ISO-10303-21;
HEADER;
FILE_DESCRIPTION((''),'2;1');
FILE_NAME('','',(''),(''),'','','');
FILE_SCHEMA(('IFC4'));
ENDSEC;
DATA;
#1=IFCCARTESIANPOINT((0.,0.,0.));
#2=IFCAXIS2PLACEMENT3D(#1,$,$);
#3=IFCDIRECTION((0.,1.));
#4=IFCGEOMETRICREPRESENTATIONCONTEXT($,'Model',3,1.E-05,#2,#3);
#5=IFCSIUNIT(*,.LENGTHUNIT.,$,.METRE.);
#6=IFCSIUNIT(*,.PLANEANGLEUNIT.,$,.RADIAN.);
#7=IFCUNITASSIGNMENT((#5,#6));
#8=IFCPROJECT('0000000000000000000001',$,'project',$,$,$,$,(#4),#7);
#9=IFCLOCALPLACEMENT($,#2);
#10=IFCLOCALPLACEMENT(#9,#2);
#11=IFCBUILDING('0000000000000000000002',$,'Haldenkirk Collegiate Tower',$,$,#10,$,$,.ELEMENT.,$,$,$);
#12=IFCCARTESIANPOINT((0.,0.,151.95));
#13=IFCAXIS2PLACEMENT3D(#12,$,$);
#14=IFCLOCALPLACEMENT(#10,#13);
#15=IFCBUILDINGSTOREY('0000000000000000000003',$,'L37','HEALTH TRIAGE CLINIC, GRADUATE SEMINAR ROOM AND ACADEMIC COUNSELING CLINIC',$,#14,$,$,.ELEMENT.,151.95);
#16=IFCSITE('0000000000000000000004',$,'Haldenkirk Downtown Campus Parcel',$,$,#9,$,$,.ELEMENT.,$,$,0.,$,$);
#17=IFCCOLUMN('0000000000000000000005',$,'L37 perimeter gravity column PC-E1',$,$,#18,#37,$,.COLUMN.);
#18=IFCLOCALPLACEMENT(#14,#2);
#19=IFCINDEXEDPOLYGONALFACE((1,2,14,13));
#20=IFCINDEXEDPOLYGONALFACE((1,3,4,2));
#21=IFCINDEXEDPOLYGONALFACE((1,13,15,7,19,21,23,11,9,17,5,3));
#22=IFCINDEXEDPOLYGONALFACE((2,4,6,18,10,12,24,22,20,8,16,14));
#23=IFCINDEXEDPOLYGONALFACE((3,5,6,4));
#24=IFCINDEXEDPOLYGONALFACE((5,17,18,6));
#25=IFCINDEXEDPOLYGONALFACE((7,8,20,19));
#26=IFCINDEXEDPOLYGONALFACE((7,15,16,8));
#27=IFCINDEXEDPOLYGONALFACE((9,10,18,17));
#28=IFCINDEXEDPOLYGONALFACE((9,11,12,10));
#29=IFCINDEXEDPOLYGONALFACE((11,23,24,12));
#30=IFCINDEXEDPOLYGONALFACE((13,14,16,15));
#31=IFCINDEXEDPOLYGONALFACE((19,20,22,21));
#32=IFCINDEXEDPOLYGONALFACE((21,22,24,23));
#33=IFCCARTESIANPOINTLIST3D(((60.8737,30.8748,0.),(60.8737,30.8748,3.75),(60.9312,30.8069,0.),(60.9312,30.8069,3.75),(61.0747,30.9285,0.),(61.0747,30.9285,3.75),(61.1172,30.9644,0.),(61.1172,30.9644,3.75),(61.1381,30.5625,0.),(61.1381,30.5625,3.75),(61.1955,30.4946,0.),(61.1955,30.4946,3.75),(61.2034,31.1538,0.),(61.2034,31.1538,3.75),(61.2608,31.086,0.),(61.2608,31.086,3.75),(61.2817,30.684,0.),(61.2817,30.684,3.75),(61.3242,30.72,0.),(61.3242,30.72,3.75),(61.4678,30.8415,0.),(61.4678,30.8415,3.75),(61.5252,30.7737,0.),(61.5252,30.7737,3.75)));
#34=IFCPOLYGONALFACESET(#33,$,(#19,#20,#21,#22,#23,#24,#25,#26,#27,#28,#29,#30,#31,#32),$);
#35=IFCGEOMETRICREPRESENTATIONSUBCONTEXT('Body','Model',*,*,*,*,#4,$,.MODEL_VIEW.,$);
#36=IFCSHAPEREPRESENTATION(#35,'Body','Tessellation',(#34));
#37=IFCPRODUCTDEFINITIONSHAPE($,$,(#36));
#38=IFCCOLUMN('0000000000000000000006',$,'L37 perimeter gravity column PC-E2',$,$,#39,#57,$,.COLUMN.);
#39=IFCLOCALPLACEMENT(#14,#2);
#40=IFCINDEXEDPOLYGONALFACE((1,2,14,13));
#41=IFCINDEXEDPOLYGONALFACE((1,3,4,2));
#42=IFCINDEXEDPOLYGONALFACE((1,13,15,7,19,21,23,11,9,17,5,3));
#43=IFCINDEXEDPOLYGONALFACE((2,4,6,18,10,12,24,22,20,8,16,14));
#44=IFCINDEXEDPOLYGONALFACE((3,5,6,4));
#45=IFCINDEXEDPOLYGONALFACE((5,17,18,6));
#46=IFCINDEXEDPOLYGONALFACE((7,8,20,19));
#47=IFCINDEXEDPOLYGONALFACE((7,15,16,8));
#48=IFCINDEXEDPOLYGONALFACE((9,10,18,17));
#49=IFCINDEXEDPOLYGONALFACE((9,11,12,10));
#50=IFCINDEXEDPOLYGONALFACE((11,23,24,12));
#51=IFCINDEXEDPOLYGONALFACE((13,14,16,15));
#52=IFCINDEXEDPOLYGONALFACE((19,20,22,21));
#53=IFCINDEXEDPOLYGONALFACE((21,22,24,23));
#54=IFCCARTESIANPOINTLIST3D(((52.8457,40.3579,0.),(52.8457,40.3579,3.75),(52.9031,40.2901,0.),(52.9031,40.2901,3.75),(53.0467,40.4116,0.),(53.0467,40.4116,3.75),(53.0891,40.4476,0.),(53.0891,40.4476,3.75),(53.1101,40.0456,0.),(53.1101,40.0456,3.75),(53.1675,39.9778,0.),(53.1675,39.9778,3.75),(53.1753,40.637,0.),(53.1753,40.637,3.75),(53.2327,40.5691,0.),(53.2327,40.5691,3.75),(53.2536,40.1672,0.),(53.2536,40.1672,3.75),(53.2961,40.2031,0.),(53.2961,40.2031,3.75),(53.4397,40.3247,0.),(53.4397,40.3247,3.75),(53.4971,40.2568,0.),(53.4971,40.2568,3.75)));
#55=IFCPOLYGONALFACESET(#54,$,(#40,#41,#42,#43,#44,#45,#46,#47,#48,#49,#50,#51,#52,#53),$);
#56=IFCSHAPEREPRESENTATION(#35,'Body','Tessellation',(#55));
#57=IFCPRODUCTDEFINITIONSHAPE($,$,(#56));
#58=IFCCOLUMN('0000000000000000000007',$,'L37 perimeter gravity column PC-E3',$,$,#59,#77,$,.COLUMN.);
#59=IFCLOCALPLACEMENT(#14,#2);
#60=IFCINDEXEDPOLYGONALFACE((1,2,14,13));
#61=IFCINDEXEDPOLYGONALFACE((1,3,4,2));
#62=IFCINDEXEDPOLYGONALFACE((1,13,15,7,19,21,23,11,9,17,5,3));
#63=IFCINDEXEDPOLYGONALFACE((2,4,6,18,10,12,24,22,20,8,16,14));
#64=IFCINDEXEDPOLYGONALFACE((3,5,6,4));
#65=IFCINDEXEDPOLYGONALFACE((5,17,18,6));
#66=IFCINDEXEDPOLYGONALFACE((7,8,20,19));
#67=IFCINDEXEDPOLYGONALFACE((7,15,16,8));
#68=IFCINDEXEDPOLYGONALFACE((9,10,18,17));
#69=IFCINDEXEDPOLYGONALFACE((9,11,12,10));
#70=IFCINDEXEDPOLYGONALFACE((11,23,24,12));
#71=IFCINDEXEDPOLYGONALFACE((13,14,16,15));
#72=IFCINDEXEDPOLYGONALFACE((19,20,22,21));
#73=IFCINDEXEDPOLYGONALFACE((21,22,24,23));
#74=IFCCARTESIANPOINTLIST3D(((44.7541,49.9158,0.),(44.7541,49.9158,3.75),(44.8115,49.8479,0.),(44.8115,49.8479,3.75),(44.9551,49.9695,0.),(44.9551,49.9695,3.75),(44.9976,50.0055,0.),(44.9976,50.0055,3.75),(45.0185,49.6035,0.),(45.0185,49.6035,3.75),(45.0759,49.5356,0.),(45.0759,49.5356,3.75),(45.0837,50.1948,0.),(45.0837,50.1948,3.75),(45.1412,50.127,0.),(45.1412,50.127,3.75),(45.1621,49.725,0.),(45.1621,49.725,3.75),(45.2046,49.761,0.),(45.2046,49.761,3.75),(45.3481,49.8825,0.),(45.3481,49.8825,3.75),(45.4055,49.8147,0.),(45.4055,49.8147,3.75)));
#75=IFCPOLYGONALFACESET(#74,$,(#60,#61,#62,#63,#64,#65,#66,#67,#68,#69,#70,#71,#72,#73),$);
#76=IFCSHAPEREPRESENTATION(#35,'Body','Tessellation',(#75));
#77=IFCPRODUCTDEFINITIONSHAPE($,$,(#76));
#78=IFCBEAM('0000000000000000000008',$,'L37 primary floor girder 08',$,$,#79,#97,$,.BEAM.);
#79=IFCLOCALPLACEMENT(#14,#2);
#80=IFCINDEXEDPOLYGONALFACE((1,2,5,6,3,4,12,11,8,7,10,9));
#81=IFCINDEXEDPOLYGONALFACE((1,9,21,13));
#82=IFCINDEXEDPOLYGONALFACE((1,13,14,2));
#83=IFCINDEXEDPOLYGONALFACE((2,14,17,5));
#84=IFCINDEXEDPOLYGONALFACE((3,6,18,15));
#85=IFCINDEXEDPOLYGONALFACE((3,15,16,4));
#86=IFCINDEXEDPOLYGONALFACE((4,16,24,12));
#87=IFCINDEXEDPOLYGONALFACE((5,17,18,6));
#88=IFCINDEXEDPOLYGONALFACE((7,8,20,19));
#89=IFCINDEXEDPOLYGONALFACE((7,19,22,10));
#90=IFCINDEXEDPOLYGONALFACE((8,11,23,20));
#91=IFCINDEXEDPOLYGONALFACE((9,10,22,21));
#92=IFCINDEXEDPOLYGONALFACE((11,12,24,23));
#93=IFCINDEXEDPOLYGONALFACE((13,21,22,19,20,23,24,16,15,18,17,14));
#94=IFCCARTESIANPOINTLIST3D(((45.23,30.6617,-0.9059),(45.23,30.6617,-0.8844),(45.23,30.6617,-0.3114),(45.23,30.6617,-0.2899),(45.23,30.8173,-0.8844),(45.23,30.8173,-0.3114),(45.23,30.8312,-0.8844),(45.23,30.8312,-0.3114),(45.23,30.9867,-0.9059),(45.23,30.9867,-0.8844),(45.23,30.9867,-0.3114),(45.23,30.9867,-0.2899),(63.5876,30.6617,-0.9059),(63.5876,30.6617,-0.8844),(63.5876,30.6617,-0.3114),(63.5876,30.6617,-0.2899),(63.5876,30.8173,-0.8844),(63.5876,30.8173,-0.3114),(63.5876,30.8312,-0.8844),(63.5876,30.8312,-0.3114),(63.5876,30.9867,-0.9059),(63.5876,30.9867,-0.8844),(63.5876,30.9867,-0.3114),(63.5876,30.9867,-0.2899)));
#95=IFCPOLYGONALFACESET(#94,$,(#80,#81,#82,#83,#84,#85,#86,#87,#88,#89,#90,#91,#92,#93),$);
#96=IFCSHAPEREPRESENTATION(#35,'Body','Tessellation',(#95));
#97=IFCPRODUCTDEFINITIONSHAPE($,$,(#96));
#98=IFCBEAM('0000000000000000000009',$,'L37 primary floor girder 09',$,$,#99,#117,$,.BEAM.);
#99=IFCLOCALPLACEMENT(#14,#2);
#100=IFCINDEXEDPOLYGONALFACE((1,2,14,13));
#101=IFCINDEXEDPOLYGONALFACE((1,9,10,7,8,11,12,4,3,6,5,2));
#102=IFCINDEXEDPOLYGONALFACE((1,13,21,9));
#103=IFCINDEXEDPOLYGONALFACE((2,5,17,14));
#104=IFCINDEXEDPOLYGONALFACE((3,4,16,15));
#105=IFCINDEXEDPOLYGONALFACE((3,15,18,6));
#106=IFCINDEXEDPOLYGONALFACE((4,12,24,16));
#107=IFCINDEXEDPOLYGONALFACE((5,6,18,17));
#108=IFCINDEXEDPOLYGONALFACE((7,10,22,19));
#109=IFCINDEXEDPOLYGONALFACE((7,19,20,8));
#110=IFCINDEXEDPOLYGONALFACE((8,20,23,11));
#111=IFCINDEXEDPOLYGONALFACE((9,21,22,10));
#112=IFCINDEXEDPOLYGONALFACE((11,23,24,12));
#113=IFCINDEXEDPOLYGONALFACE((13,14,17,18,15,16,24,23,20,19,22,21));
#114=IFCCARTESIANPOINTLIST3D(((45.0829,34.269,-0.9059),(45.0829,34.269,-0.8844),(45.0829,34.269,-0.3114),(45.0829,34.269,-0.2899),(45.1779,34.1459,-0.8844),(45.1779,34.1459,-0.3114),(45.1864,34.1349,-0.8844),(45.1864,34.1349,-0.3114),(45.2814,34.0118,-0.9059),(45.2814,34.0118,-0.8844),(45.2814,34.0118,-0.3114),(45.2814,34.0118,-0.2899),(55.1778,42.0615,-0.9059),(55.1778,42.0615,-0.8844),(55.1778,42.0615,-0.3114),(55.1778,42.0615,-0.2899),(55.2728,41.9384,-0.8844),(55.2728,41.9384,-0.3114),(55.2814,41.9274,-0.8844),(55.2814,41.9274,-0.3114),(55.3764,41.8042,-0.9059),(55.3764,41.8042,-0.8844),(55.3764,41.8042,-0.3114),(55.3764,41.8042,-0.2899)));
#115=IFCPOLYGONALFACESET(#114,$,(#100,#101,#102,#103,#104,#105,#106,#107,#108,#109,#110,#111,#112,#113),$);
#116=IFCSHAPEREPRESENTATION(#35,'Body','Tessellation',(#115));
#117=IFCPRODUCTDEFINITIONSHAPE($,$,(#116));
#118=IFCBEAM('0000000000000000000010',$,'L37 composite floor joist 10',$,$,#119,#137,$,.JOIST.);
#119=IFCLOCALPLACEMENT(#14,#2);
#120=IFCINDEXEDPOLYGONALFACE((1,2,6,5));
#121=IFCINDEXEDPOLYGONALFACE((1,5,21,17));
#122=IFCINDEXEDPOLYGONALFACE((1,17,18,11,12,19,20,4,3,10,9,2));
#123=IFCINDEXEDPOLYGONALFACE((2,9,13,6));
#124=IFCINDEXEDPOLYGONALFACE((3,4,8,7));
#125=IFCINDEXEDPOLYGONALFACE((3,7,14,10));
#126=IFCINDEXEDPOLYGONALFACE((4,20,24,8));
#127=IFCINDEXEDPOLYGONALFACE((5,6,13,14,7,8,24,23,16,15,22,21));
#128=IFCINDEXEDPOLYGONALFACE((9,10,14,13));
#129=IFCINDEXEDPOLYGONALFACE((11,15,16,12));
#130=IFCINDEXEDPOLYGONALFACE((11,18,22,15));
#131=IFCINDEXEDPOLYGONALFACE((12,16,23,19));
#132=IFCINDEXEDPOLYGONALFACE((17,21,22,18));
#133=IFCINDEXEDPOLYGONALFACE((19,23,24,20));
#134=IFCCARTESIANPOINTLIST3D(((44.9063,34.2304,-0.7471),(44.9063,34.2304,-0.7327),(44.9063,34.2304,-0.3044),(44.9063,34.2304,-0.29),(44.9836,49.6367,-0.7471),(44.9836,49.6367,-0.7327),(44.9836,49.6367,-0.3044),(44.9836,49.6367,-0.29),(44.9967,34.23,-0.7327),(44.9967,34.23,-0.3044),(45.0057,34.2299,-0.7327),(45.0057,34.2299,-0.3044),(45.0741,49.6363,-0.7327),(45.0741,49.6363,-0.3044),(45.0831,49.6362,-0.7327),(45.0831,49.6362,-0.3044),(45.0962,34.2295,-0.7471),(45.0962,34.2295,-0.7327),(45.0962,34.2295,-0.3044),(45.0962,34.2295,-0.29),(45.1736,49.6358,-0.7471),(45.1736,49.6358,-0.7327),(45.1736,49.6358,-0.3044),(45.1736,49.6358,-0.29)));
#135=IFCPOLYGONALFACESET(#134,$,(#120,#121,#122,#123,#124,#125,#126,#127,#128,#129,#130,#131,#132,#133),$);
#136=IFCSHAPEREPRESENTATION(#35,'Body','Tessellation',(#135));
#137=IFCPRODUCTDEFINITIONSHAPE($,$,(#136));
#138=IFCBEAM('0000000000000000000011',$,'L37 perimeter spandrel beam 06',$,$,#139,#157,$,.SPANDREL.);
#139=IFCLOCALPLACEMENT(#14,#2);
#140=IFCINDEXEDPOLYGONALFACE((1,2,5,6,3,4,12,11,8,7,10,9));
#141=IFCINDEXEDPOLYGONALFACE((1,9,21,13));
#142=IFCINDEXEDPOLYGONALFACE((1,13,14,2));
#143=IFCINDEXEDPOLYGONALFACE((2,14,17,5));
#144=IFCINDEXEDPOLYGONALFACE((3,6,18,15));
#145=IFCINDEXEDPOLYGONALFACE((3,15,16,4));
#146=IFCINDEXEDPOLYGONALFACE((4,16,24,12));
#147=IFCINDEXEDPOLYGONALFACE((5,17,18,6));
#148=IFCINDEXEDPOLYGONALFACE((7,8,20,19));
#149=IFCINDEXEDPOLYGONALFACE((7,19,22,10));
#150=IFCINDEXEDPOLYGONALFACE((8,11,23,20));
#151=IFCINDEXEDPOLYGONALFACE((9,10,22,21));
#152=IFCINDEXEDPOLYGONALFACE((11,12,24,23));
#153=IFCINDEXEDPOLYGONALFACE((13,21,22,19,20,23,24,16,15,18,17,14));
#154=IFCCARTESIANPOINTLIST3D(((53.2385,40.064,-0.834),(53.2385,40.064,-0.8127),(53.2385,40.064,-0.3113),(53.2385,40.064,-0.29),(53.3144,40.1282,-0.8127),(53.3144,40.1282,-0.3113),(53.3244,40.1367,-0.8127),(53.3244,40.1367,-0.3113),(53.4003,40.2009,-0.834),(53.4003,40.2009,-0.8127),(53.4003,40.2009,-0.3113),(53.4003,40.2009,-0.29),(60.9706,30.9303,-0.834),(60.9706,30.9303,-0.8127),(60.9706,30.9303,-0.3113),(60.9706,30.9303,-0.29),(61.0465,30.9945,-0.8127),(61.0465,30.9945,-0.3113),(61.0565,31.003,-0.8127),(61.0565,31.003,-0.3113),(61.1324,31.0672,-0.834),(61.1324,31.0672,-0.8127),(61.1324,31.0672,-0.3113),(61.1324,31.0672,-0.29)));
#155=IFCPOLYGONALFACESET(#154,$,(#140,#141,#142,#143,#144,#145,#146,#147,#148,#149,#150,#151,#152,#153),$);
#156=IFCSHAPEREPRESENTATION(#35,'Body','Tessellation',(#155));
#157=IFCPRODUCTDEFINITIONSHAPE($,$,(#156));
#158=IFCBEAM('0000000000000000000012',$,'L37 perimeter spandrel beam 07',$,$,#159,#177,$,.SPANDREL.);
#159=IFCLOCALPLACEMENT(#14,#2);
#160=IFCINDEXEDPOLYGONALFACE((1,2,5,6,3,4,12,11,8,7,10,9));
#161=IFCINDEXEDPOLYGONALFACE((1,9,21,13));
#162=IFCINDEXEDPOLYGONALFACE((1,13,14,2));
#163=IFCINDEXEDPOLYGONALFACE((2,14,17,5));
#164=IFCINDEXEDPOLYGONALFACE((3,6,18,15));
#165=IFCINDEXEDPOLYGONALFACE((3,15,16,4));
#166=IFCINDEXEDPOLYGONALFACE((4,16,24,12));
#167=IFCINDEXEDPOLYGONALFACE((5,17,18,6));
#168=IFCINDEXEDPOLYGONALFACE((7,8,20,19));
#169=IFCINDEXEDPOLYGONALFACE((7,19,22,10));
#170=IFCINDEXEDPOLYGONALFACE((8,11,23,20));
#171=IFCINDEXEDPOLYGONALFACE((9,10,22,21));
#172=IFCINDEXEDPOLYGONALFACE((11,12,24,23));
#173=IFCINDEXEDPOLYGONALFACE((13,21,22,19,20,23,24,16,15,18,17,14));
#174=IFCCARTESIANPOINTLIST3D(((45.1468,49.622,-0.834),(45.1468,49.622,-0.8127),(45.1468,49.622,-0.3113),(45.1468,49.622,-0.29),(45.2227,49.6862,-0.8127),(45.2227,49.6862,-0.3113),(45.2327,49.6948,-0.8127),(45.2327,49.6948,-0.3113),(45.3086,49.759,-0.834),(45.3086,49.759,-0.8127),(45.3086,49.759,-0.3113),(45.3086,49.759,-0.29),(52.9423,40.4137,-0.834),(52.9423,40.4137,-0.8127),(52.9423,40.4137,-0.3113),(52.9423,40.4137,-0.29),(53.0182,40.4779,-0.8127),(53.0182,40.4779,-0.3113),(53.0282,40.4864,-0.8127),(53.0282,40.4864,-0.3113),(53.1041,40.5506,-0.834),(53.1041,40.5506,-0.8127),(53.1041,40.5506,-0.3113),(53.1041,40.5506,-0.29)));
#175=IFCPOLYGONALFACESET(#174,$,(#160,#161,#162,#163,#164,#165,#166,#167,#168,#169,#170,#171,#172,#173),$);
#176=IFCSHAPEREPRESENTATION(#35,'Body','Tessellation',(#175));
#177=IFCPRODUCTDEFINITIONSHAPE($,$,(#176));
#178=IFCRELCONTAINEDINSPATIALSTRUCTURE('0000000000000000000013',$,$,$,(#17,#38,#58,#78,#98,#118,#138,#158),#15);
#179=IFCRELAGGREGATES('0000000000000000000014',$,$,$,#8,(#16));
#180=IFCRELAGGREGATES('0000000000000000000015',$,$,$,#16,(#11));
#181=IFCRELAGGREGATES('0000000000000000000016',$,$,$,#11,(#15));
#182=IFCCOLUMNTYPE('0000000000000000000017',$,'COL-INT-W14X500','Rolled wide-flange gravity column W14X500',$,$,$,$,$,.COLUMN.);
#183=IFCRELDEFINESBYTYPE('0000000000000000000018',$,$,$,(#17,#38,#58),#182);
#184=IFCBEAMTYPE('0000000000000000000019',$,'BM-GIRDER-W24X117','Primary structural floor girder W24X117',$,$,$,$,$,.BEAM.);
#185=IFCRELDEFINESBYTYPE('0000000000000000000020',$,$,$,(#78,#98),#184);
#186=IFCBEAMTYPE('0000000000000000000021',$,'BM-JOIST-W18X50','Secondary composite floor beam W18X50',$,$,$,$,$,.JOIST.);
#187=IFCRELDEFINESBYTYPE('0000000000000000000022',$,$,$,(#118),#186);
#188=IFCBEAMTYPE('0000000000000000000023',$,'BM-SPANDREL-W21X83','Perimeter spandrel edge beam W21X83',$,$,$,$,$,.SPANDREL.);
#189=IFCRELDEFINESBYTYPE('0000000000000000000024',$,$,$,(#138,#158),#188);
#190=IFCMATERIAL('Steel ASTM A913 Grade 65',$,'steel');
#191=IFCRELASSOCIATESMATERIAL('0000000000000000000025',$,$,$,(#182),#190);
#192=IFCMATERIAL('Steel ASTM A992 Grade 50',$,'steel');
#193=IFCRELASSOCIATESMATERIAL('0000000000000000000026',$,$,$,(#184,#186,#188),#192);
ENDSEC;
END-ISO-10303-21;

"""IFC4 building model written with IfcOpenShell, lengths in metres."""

from ifc_helpers import new_model, si_unit, direction, frame, origin, origin_2d, place, context, subcontext, project, spatial, i_section, extrude, material, material_profile, profile_set, type_object, element, save


model = new_model("IFC4")

# Units and contexts
model_context = context("Model", 3, precision=1e-05, world=origin(), true_north=direction((0.0, 1.0)))
body_context = subcontext(model_context, "Body", "Model", "MODEL_VIEW")
ifc_project = project(units=[si_unit("LENGTHUNIT", "METRE"), si_unit("PLANEANGLEUNIT", "RADIAN")], contexts=[model_context])

# Site, building, storey
site_placement = place(None, origin())
site = spatial("IfcSite", under=ifc_project, at=site_placement, Name="Haldenkirk Downtown Campus Parcel", CompositionType="ELEMENT", RefElevation=0.0)
building_placement = place(site_placement, origin())
building = spatial("IfcBuilding", under=site, at=building_placement, Name="Haldenkirk Collegiate Tower", CompositionType="ELEMENT")
storey_placement = place(building_placement, frame((0.0, 0.0, 151.95)))
storey = spatial("IfcBuildingStorey", under=building, at=storey_placement, Name="L37", Description="HEALTH TRIAGE CLINIC, GRADUATE SEMINAR ROOM AND ACADEMIC COUNSELING CLINIC", CompositionType="ELEMENT", Elevation=151.95)

# Columns
ifc_material_1 = material(Name="Steel ASTM A913 Grade 65", Category="steel")
ifc_material_profile_1 = material_profile(ifc_material_1, i_section(OverallWidth=0.4319, OverallDepth=0.498, WebThickness=0.0557, FlangeThickness=0.0889, at=origin_2d()), Name="W14X500")
ifc_profile_set_1 = profile_set([ifc_material_profile_1], Name="Steel ASTM A913 Grade 65")
column_type = type_object("IfcColumnType", Name="COL-INT-W14X500", Description="Rolled wide-flange gravity column W14X500", PredefinedType="COLUMN", material=ifc_profile_set_1)
for number, where, z_axis, x_axis, name in (
    (1, (61.1995, 30.8242, 0.0), (0.0, 0.0, 1.0), (0.763232, 0.646124, 0.0), "L37 perimeter gravity column PC-E1"),
    (2, (53.1714, 40.3074, 0.0), (0.0, 0.0, 1.0), (0.763232, 0.646124, 0.0), "L37 perimeter gravity column PC-E2"),
    (3, (45.0798, 49.8652, 0.0), (0.0, 0.0, 1.0), (0.763232, 0.646124, 0.0), "L37 perimeter gravity column PC-E3"),
):
    element("IfcColumn", number, at=place(storey_placement, frame(where, z_axis=z_axis, x_axis=x_axis)), inside=storey, type_object=column_type, Name=name, PredefinedType="COLUMN", context=body_context, shape_type="SweptSolid", body=[
        extrude(i_section(OverallWidth=0.4319, OverallDepth=0.498, WebThickness=0.0557, FlangeThickness=0.0889, at=origin_2d()), origin(), (0.0, 0.0, 1.0), 3.75),
    ])

# Beams
ifc_material_2 = material(Name="Steel ASTM A992 Grade 50", Category="steel")
ifc_material_profile_2 = material_profile(ifc_material_2, i_section(OverallWidth=0.325, OverallDepth=0.616, WebThickness=0.0139, FlangeThickness=0.0215, at=origin_2d()), Name="W24X117")
ifc_profile_set_2 = profile_set([ifc_material_profile_2], Name="Steel ASTM A992 Grade 50")
beam_type_1 = type_object("IfcBeamType", Name="BM-GIRDER-W24X117", Description="Primary structural floor girder W24X117", PredefinedType="BEAM", material=ifc_profile_set_2)
beam_1_placement = place(storey_placement, frame((63.5876, 30.8242, -0.5979), z_axis=(-1.0, 0.0, 0.0), x_axis=(0.0, -1.0, 0.0)))
element("IfcBeam", 4, at=beam_1_placement, inside=storey, type_object=beam_type_1, Name="L37 primary floor girder 08", PredefinedType="BEAM", context=body_context, shape_type="SweptSolid", body=[
    extrude(i_section(OverallWidth=0.325, OverallDepth=0.616, WebThickness=0.0139, FlangeThickness=0.0215, at=origin_2d()), origin(), (0.0, 0.0, 1.0), 18.3577),
])
beam_2_placement = place(storey_placement, frame((55.2771, 41.9329, -0.5979), z_axis=(-0.791595, -0.611046, 0.0), x_axis=(0.611046, -0.791595, 0.0)))
element("IfcBeam", 5, at=beam_2_placement, inside=storey, type_object=beam_type_1, Name="L37 primary floor girder 09", PredefinedType="BEAM", context=body_context, shape_type="SweptSolid", body=[
    extrude(i_section(OverallWidth=0.325, OverallDepth=0.616, WebThickness=0.0139, FlangeThickness=0.0215, at=origin_2d()), origin(), (0.0, 0.0, 1.0), 12.7527),
])
ifc_material_profile_3 = material_profile(ifc_material_2, i_section(OverallWidth=0.1899, OverallDepth=0.457, WebThickness=0.009, FlangeThickness=0.0144, at=origin_2d()), Name="W18X50")
ifc_profile_set_3 = profile_set([ifc_material_profile_3], Name="Steel ASTM A992 Grade 50")
beam_type_2 = type_object("IfcBeamType", Name="BM-JOIST-W18X50", Description="Secondary composite floor beam W18X50", PredefinedType="JOIST", material=ifc_profile_set_3)
beam_3_placement = place(storey_placement, frame((45.0786, 49.6362, -0.5186), z_axis=(-0.005023, -0.999987, 0.0), x_axis=(0.999987, -0.005023, 0.0)))
element("IfcBeam", 6, at=beam_3_placement, inside=storey, type_object=beam_type_2, Name="L37 composite floor joist 10", PredefinedType="JOIST", context=body_context, shape_type="SweptSolid", body=[
    extrude(i_section(OverallWidth=0.1899, OverallDepth=0.457, WebThickness=0.009, FlangeThickness=0.0144, at=origin_2d()), origin(), (0.0, 0.0, 1.0), 15.4065),
])
ifc_material_profile_4 = material_profile(ifc_material_2, i_section(OverallWidth=0.2119, OverallDepth=0.5439, WebThickness=0.0132, FlangeThickness=0.0212, at=origin_2d()), Name="W21X83")
ifc_profile_set_4 = profile_set([ifc_material_profile_4], Name="Steel ASTM A992 Grade 50")
beam_type_3 = type_object("IfcBeamType", Name="BM-SPANDREL-W21X83", Description="Perimeter spandrel edge beam W21X83", PredefinedType="SPANDREL", material=ifc_profile_set_4)
beam_4_placement = place(storey_placement, frame((61.0515, 30.9988, -0.562), z_axis=(-0.646117, 0.763238, 0.0), x_axis=(-0.763238, -0.646117, 0.0)))
element("IfcBeam", 7, at=beam_4_placement, inside=storey, type_object=beam_type_3, Name="L37 perimeter spandrel beam 06", PredefinedType="SPANDREL", context=body_context, shape_type="SweptSolid", body=[
    extrude(i_section(OverallWidth=0.2119, OverallDepth=0.5439, WebThickness=0.0132, FlangeThickness=0.0212, at=origin_2d()), origin(), (0.0, 0.0, 1.0), 11.967),
])
beam_5_placement = place(storey_placement, frame((53.0232, 40.4822, -0.562), z_axis=(-0.646126, 0.76323, 0.0), x_axis=(-0.76323, -0.646126, 0.0)))
element("IfcBeam", 8, at=beam_5_placement, inside=storey, type_object=beam_type_3, Name="L37 perimeter spandrel beam 07", PredefinedType="SPANDREL", context=body_context, shape_type="SweptSolid", body=[
    extrude(i_section(OverallWidth=0.2119, OverallDepth=0.5439, WebThickness=0.0132, FlangeThickness=0.0212, at=origin_2d()), origin(), (0.0, 0.0, 1.0), 12.0649),
])

save(model, "model.ifc")
